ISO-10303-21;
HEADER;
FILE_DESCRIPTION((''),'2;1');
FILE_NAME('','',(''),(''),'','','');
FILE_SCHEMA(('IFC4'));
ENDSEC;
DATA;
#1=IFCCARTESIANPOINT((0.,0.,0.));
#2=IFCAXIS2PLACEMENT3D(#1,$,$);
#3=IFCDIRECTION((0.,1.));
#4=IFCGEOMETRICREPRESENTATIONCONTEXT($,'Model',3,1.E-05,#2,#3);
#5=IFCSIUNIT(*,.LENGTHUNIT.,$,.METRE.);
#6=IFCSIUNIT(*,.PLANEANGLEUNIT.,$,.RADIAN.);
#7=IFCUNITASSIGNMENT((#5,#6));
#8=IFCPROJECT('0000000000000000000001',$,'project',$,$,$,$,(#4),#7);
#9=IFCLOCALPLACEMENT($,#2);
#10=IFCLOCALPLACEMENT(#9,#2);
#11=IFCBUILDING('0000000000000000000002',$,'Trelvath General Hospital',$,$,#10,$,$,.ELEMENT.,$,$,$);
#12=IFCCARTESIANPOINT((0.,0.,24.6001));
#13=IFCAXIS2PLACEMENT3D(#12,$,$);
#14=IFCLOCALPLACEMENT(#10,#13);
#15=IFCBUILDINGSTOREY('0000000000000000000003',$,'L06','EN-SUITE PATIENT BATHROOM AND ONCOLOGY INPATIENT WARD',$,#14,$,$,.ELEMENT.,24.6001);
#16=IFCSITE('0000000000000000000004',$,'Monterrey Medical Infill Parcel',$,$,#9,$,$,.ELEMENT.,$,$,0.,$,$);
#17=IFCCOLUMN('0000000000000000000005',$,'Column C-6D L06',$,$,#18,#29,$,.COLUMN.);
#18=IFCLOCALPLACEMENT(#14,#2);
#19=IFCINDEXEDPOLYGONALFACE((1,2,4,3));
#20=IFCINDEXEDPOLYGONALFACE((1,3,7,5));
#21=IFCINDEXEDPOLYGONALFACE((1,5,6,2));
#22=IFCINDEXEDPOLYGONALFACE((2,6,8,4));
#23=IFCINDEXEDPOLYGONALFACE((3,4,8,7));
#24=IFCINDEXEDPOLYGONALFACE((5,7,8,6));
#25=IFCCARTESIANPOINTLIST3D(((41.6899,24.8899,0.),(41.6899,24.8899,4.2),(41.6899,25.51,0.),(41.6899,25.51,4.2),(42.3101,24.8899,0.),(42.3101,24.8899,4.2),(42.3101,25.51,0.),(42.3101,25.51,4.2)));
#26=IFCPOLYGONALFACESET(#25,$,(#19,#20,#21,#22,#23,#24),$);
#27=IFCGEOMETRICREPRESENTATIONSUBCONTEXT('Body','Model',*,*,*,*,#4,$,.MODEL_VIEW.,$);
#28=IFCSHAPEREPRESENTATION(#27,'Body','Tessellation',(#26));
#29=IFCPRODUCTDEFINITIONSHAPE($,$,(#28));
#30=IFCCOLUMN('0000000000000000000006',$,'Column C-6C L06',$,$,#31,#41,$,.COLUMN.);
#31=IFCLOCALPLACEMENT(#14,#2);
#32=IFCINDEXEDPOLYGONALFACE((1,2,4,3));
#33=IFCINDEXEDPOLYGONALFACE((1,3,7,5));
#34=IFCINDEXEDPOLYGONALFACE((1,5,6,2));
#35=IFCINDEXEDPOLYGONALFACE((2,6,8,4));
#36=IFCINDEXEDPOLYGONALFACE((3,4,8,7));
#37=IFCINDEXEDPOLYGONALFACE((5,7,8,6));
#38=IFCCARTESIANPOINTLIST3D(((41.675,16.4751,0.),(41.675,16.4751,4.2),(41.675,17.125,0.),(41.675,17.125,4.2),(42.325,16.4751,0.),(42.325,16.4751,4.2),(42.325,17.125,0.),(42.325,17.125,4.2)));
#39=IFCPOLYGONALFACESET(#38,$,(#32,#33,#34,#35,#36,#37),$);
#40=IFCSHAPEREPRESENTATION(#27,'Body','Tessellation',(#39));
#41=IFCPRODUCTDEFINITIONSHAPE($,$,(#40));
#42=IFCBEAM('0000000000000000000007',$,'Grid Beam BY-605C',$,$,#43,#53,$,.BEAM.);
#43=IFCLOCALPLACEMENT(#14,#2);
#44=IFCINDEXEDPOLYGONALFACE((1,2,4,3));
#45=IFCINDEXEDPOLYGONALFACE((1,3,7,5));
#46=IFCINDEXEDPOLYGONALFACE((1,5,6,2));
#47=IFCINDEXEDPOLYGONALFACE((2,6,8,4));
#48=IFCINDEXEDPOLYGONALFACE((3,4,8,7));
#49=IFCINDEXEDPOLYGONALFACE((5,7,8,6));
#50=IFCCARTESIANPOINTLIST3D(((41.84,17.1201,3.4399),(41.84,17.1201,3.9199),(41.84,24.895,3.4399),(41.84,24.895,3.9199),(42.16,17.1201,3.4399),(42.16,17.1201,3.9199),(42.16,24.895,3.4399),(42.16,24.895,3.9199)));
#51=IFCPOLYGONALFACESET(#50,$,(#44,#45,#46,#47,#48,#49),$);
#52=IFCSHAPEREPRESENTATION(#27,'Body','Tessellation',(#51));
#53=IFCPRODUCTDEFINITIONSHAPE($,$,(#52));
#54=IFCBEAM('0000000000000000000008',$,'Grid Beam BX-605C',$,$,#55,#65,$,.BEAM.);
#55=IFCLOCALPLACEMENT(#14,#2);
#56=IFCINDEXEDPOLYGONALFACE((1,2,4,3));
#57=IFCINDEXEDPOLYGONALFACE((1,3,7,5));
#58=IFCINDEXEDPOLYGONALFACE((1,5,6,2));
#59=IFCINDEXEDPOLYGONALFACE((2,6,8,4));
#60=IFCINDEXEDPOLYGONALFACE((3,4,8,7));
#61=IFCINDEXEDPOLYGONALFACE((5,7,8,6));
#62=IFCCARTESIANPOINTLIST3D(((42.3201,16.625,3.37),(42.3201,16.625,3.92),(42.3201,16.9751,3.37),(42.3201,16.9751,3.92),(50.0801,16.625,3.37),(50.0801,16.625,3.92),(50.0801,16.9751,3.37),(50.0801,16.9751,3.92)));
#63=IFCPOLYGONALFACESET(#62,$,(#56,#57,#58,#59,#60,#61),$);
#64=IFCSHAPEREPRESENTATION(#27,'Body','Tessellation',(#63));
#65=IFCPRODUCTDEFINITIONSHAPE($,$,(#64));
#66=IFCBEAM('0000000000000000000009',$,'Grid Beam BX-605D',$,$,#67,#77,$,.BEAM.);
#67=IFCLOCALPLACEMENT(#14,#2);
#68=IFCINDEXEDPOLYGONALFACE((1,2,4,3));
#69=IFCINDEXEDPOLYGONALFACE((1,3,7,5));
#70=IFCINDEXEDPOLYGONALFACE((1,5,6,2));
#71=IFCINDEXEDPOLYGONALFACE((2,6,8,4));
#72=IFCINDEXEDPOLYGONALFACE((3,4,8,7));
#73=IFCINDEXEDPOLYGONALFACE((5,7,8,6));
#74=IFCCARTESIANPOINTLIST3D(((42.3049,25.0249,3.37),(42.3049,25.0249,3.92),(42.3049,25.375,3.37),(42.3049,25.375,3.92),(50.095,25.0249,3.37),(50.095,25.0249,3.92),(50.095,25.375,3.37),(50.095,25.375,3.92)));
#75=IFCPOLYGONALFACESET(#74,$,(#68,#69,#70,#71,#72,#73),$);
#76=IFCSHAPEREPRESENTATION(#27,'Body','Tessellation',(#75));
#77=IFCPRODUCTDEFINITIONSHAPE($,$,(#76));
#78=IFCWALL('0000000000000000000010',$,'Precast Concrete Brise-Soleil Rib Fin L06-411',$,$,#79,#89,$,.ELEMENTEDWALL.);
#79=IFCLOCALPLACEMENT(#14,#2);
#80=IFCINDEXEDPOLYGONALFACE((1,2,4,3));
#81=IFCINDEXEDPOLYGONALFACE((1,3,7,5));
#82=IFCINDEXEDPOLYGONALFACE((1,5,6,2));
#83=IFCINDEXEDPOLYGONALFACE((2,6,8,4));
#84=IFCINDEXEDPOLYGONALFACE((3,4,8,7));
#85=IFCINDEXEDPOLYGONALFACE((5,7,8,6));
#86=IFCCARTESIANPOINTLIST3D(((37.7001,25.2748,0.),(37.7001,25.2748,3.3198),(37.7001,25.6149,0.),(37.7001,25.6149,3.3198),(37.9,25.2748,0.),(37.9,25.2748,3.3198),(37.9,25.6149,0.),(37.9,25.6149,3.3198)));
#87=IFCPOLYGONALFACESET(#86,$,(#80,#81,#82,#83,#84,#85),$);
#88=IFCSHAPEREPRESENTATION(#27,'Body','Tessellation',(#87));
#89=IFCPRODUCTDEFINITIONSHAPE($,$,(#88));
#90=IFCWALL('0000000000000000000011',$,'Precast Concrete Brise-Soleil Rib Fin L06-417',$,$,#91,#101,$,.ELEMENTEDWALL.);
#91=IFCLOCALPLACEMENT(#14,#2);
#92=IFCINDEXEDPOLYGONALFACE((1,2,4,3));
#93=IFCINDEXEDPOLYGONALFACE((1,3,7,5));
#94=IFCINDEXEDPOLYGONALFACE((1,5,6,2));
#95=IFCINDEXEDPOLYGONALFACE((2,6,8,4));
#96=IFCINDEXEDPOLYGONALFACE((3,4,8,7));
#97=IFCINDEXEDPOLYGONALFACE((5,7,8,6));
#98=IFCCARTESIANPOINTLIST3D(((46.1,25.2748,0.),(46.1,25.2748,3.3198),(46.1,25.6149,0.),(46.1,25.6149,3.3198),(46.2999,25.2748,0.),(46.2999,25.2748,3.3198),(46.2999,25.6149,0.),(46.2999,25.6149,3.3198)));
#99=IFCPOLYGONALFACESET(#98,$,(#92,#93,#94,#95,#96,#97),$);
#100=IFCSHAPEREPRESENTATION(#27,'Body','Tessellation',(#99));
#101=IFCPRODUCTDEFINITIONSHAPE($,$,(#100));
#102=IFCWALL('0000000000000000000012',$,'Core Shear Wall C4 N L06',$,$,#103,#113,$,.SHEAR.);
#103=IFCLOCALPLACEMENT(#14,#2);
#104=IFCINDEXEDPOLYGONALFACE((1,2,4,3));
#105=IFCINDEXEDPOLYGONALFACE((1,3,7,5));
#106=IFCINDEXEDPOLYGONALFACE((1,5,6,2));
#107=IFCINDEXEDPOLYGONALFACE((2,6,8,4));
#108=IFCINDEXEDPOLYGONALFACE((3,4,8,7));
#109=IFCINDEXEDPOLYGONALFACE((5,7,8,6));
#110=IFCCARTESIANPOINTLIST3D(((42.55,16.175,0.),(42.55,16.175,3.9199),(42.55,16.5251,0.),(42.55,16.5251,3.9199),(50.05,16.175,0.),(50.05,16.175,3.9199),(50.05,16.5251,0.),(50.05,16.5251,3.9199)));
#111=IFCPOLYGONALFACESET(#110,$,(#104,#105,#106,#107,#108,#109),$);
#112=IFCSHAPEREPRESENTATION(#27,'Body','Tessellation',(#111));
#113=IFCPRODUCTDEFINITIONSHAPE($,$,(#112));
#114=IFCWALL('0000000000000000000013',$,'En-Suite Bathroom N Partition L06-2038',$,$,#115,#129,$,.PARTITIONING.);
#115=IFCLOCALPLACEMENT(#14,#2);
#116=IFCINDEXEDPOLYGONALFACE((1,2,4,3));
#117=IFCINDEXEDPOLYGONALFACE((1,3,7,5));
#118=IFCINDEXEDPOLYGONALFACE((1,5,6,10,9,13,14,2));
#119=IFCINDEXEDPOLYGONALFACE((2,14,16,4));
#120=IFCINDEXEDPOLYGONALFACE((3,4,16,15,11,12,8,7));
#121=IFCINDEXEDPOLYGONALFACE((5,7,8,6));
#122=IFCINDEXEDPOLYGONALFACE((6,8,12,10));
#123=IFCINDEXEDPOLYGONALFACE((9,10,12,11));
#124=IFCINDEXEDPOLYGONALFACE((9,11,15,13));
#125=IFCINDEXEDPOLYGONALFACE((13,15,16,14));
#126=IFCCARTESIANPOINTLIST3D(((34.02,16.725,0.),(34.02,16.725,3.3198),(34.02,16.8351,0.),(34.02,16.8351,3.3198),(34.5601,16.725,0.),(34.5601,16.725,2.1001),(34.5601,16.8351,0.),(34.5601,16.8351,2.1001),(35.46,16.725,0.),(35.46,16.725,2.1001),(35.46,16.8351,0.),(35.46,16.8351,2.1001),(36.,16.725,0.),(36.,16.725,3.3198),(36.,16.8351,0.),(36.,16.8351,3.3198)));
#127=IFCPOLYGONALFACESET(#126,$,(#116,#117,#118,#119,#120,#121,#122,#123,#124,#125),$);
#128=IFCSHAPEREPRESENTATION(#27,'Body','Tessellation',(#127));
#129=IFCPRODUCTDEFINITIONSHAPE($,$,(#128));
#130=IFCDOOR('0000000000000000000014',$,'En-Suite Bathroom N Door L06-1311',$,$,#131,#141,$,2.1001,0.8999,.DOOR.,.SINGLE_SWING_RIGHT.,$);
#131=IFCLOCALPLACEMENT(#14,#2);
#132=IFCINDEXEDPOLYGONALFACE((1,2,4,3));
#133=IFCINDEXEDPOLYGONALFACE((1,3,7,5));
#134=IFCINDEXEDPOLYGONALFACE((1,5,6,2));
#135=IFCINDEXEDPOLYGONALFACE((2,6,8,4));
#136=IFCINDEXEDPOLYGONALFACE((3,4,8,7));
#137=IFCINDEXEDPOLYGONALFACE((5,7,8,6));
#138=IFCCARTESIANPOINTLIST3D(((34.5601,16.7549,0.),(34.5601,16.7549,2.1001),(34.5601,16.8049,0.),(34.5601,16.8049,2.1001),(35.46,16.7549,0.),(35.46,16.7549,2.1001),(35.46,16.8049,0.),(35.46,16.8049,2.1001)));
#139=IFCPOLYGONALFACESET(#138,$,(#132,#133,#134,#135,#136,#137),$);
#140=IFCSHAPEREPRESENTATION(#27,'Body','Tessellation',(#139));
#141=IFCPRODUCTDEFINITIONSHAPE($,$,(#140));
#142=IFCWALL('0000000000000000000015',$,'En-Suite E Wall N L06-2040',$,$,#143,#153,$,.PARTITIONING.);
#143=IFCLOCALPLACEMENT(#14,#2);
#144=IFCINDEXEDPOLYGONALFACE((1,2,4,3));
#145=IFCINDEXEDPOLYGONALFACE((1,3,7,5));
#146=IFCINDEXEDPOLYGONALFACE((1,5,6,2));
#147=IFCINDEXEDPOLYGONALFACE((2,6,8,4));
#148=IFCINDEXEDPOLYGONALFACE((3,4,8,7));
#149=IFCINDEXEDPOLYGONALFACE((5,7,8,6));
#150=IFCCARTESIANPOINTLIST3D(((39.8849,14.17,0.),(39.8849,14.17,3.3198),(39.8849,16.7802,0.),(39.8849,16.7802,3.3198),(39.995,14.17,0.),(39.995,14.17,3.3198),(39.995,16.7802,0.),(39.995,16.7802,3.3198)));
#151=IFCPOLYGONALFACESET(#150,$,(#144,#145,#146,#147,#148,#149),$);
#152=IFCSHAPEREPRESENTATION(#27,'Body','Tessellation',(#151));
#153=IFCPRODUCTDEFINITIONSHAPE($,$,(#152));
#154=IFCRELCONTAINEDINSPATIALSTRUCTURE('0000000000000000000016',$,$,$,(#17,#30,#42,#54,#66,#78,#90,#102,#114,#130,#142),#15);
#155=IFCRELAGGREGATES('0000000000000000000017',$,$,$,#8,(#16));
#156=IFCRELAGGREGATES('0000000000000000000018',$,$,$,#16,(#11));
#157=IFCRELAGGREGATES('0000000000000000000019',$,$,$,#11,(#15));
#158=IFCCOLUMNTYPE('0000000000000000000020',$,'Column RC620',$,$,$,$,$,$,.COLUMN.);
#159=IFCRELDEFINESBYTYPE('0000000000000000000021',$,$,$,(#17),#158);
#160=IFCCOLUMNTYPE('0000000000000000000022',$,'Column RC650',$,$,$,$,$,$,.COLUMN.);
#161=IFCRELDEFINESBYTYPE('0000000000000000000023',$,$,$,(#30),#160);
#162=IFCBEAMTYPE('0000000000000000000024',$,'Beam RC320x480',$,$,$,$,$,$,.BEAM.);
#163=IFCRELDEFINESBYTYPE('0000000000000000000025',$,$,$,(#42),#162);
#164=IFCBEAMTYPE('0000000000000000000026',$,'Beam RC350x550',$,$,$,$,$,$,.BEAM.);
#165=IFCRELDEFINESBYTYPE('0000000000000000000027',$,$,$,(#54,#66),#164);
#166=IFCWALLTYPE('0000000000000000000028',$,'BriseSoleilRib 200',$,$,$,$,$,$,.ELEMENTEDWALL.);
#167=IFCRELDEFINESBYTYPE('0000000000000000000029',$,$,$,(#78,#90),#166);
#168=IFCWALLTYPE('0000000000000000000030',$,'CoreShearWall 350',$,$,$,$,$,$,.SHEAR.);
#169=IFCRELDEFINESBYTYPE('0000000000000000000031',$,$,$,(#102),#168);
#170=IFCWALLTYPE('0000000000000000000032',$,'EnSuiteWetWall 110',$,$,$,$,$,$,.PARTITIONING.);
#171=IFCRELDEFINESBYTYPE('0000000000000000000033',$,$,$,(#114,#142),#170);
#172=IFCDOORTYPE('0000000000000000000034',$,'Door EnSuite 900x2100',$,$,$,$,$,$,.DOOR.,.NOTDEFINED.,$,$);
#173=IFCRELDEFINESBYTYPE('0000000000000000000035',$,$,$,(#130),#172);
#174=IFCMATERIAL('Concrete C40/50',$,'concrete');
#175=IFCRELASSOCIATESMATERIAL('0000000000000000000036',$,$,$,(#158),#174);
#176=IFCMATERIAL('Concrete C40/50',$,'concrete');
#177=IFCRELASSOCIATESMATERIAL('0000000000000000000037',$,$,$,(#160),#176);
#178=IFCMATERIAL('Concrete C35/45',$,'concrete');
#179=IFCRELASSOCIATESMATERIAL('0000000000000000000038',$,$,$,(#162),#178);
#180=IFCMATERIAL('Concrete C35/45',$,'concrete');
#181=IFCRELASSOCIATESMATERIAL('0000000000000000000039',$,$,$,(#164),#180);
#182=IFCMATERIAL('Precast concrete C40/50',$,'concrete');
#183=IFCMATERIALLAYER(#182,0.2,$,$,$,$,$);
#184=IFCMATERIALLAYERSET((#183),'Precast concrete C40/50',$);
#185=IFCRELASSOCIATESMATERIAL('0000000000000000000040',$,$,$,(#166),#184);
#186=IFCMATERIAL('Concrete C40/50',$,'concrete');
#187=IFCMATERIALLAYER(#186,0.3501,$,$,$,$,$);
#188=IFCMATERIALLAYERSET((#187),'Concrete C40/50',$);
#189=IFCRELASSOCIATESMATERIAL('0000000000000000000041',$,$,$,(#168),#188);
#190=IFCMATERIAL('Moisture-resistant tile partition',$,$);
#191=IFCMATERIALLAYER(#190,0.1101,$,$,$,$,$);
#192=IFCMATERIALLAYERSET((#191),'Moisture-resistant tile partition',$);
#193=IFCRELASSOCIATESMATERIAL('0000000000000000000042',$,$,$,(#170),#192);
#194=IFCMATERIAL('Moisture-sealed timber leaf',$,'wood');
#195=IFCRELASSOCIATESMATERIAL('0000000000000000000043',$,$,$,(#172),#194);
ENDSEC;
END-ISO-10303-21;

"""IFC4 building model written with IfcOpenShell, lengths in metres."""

from ifc_helpers import new_model, si_unit, direction, frame, frame_2d, origin, origin_2d, place, context, subcontext, project, spatial, rectangle, extrude, material, layer, layer_set, material_profile, profile_set, type_object, element, fill, save


model = new_model("IFC4")

# Units and contexts
model_context = context("Model", 3, precision=1e-05, world=origin(), true_north=direction((0.0, 1.0)))
body_context = subcontext(model_context, "Body", "Model", "MODEL_VIEW")
ifc_project = project(units=[si_unit("LENGTHUNIT", "METRE"), si_unit("PLANEANGLEUNIT", "RADIAN")], contexts=[model_context])

# Site, building, storey
site_placement = place(None, origin())
site = spatial("IfcSite", under=ifc_project, at=site_placement, Name="Monterrey Medical Infill Parcel", CompositionType="ELEMENT", RefElevation=0.0)
building_placement = place(site_placement, origin())
building = spatial("IfcBuilding", under=site, at=building_placement, Name="Trelvath General Hospital", CompositionType="ELEMENT")
storey_placement = place(building_placement, frame((0.0, 0.0, 24.6001)))
storey = spatial("IfcBuildingStorey", under=building, at=storey_placement, Name="L06", Description="EN-SUITE PATIENT BATHROOM AND ONCOLOGY INPATIENT WARD", CompositionType="ELEMENT", Elevation=24.6001)

# Columns
ifc_material_1 = material(Name="Concrete C40/50", Category="concrete")
ifc_material_profile_1 = material_profile(ifc_material_1, rectangle(XDim=0.6201, YDim=0.6201, at=origin_2d()), Name="RC620x620")
ifc_profile_set_1 = profile_set([ifc_material_profile_1], Name="Concrete C40/50")
column_type_1 = type_object("IfcColumnType", Name="Column RC620", PredefinedType="COLUMN", material=ifc_profile_set_1)
column_1_placement = place(storey_placement, frame((42.0, 25.2, 0.0), z_axis=(0.0, 0.0, 1.0), x_axis=(1.0, 0.0, 0.0)))
element("IfcColumn", 1, at=column_1_placement, inside=storey, type_object=column_type_1, Name="Column C-6D L06", PredefinedType="COLUMN", context=body_context, shape_type="SweptSolid", body=[
    extrude(rectangle(XDim=0.6201, YDim=0.6201, at=origin_2d()), origin(), (0.0, 0.0, 1.0), 4.2),
])
ifc_material_2 = material(Name="Concrete C40/50", Category="concrete")
ifc_material_profile_2 = material_profile(ifc_material_2, rectangle(XDim=0.6499, YDim=0.6499, at=origin_2d()), Name="RC650x650")
ifc_profile_set_2 = profile_set([ifc_material_profile_2], Name="Concrete C40/50")
column_type_2 = type_object("IfcColumnType", Name="Column RC650", PredefinedType="COLUMN", material=ifc_profile_set_2)
column_2_placement = place(storey_placement, frame((42.0, 16.8, 0.0), z_axis=(0.0, 0.0, 1.0), x_axis=(1.0, 0.0, 0.0)))
element("IfcColumn", 2, at=column_2_placement, inside=storey, type_object=column_type_2, Name="Column C-6C L06", PredefinedType="COLUMN", context=body_context, shape_type="SweptSolid", body=[
    extrude(rectangle(XDim=0.6499, YDim=0.6499, at=origin_2d()), origin(), (0.0, 0.0, 1.0), 4.2),
])

# Beams
ifc_material_3 = material(Name="Concrete C35/45", Category="concrete")
ifc_material_profile_3 = material_profile(ifc_material_3, rectangle(XDim=0.3201, YDim=0.48, at=origin_2d()), Name="RCB320x480")
ifc_profile_set_3 = profile_set([ifc_material_profile_3], Name="Concrete C35/45")
beam_type_1 = type_object("IfcBeamType", Name="Beam RC320x480", PredefinedType="BEAM", material=ifc_profile_set_3)
beam_1_placement = place(storey_placement, frame((42.0, 17.1201, 3.6799), z_axis=(0.0, 1.0, 0.0), x_axis=(-1.0, 0.0, 0.0)))
element("IfcBeam", 3, at=beam_1_placement, inside=storey, type_object=beam_type_1, Name="Grid Beam BY-605C", PredefinedType="BEAM", context=body_context, shape_type="SweptSolid", body=[
    extrude(rectangle(XDim=0.3201, YDim=0.48, at=origin_2d()), origin(), (0.0, 0.0, 1.0), 7.7749),
])
ifc_material_4 = material(Name="Concrete C35/45", Category="concrete")
ifc_material_profile_4 = material_profile(ifc_material_4, rectangle(XDim=0.3501, YDim=0.55, at=origin_2d()), Name="RCB350x550")
ifc_profile_set_4 = profile_set([ifc_material_profile_4], Name="Concrete C35/45")
beam_type_2 = type_object("IfcBeamType", Name="Beam RC350x550", PredefinedType="BEAM", material=ifc_profile_set_4)
beam_2_placement = place(storey_placement, frame((42.3201, 16.8, 3.645), z_axis=(1.0, 0.0, 0.0), x_axis=(0.0, 1.0, 0.0)))
element("IfcBeam", 4, at=beam_2_placement, inside=storey, type_object=beam_type_2, Name="Grid Beam BX-605C", PredefinedType="BEAM", context=body_context, shape_type="SweptSolid", body=[
    extrude(rectangle(XDim=0.3501, YDim=0.55, at=origin_2d()), origin(), (0.0, 0.0, 1.0), 7.76),
])
beam_3_placement = place(storey_placement, frame((42.3049, 25.2, 3.645), z_axis=(1.0, 0.0, 0.0), x_axis=(0.0, 1.0, 0.0)))
element("IfcBeam", 5, at=beam_3_placement, inside=storey, type_object=beam_type_2, Name="Grid Beam BX-605D", PredefinedType="BEAM", context=body_context, shape_type="SweptSolid", body=[
    extrude(rectangle(XDim=0.3501, YDim=0.55, at=origin_2d()), origin(), (0.0, 0.0, 1.0), 7.79),
])

# Walls
ifc_material_5 = material(Name="Precast concrete C40/50", Category="concrete")
ifc_layer_1 = layer(ifc_material_5, 0.2)
ifc_layer_set_1 = layer_set([ifc_layer_1], Name="Precast concrete C40/50")
wall_type_1 = type_object("IfcWallType", Name="BriseSoleilRib 200", PredefinedType="ELEMENTEDWALL", material=ifc_layer_set_1)
for number, where, z_axis, x_axis, name in (
    (6, (37.8, 25.2749, 0.0), (0.0, 0.0, 1.0), (0.0, 1.0, 0.0), "Precast Concrete Brise-Soleil Rib Fin L06-411"),
    (7, (46.2, 25.2749, 0.0), (0.0, 0.0, 1.0), (0.0, 1.0, 0.0), "Precast Concrete Brise-Soleil Rib Fin L06-417"),
):
    element("IfcWall", number, at=place(storey_placement, frame(where, z_axis=z_axis, x_axis=x_axis)), inside=storey, type_object=wall_type_1, Name=name, PredefinedType="ELEMENTEDWALL", context=body_context, shape_type="SweptSolid", body=[
        extrude(rectangle(XDim=0.3401, YDim=0.2, at=frame_2d((0.1699, 0.0))), origin(), (0.0, 0.0, 1.0), 3.3198),
    ])
ifc_material_6 = material(Name="Concrete C40/50", Category="concrete")
ifc_layer_2 = layer(ifc_material_6, 0.3501)
ifc_layer_set_2 = layer_set([ifc_layer_2], Name="Concrete C40/50")
wall_type_2 = type_object("IfcWallType", Name="CoreShearWall 350", PredefinedType="SHEAR", material=ifc_layer_set_2)
wall_1_placement = place(storey_placement, frame((42.55, 16.3501, 0.0), z_axis=(0.0, 0.0, 1.0), x_axis=(1.0, 0.0, 0.0)))
element("IfcWall", 8, at=wall_1_placement, inside=storey, type_object=wall_type_2, Name="Core Shear Wall C4 N L06", PredefinedType="SHEAR", context=body_context, shape_type="SweptSolid", body=[
    extrude(rectangle(XDim=7.5, YDim=0.3501, at=frame_2d((3.75, 0.0))), origin(), (0.0, 0.0, 1.0), 3.9199),
])

# Wall, opening, door
ifc_material_7 = material(Name="Moisture-resistant tile partition")
ifc_layer_3 = layer(ifc_material_7, 0.1101)
ifc_layer_set_3 = layer_set([ifc_layer_3], Name="Moisture-resistant tile partition")
wall_type_3 = type_object("IfcWallType", Name="EnSuiteWetWall 110", PredefinedType="PARTITIONING", material=ifc_layer_set_3)
wall_2_placement = place(storey_placement, frame((34.02, 16.78, 0.0), z_axis=(0.0, 0.0, 1.0), x_axis=(1.0, 0.0, 0.0)))
wall_2 = element("IfcWall", 9, at=wall_2_placement, inside=storey, type_object=wall_type_3, Name="En-Suite Bathroom N Partition L06-2038", PredefinedType="PARTITIONING", context=body_context, shape_type="SweptSolid", body=[
    extrude(rectangle(XDim=1.98, YDim=0.1101, at=frame_2d((0.99, 0.0))), origin(), (0.0, 0.0, 1.0), 3.3198),
])
opening_1_placement = place(wall_2_placement, frame((0.54, 0.0, 0.0)))
opening_1 = element("IfcOpeningElement", 10, at=opening_1_placement, cuts=wall_2, PredefinedType="OPENING", context=body_context, shape_type="SweptSolid", body=[
    extrude(rectangle(XDim=0.8999, YDim=2.1001, at=frame_2d((0.45, 1.05))), frame((0.0, 0.0649, 0.0), z_axis=(0.0, -1.0, 0.0), x_axis=(1.0, 0.0, 0.0)), (0.0, 0.0, 1.0), 0.1301),
])
ifc_material_8 = material(Name="Moisture-sealed timber leaf", Category="wood")
door_type_1 = type_object("IfcDoorType", Name="Door EnSuite 900x2100", OperationType="NOTDEFINED", PredefinedType="DOOR", material=ifc_material_8)
door_1_placement = place(opening_1_placement, origin())
door_1 = element("IfcDoor", 11, at=door_1_placement, inside=storey, type_object=door_type_1, Name="En-Suite Bathroom N Door L06-1311", OperationType="SINGLE_SWING_RIGHT", OverallHeight=2.1001, OverallWidth=0.8999, PredefinedType="DOOR", context=body_context, shape_type="SweptSolid", body=[
    extrude(rectangle(XDim=0.8999, YDim=2.1001, at=frame_2d((0.45, 1.05))), frame((0.0, 0.0249, 0.0), z_axis=(0.0, -1.0, 0.0), x_axis=(1.0, 0.0, 0.0)), (0.0, 0.0, 1.0), 0.05),
])
fill(opening_1, door_1)

# Wall
wall_3_placement = place(storey_placement, frame((39.9399, 14.1699, 0.0), z_axis=(0.0, 0.0, 1.0), x_axis=(0.0, 1.0, 0.0)))
element("IfcWall", 12, at=wall_3_placement, inside=storey, type_object=wall_type_3, Name="En-Suite E Wall N L06-2040", PredefinedType="PARTITIONING", context=body_context, shape_type="SweptSolid", body=[
    extrude(rectangle(XDim=2.6101, YDim=0.1101, at=frame_2d((1.3052, 0.0))), origin(), (0.0, 0.0, 1.0), 3.3198),
])

save(model, "model.ifc")
